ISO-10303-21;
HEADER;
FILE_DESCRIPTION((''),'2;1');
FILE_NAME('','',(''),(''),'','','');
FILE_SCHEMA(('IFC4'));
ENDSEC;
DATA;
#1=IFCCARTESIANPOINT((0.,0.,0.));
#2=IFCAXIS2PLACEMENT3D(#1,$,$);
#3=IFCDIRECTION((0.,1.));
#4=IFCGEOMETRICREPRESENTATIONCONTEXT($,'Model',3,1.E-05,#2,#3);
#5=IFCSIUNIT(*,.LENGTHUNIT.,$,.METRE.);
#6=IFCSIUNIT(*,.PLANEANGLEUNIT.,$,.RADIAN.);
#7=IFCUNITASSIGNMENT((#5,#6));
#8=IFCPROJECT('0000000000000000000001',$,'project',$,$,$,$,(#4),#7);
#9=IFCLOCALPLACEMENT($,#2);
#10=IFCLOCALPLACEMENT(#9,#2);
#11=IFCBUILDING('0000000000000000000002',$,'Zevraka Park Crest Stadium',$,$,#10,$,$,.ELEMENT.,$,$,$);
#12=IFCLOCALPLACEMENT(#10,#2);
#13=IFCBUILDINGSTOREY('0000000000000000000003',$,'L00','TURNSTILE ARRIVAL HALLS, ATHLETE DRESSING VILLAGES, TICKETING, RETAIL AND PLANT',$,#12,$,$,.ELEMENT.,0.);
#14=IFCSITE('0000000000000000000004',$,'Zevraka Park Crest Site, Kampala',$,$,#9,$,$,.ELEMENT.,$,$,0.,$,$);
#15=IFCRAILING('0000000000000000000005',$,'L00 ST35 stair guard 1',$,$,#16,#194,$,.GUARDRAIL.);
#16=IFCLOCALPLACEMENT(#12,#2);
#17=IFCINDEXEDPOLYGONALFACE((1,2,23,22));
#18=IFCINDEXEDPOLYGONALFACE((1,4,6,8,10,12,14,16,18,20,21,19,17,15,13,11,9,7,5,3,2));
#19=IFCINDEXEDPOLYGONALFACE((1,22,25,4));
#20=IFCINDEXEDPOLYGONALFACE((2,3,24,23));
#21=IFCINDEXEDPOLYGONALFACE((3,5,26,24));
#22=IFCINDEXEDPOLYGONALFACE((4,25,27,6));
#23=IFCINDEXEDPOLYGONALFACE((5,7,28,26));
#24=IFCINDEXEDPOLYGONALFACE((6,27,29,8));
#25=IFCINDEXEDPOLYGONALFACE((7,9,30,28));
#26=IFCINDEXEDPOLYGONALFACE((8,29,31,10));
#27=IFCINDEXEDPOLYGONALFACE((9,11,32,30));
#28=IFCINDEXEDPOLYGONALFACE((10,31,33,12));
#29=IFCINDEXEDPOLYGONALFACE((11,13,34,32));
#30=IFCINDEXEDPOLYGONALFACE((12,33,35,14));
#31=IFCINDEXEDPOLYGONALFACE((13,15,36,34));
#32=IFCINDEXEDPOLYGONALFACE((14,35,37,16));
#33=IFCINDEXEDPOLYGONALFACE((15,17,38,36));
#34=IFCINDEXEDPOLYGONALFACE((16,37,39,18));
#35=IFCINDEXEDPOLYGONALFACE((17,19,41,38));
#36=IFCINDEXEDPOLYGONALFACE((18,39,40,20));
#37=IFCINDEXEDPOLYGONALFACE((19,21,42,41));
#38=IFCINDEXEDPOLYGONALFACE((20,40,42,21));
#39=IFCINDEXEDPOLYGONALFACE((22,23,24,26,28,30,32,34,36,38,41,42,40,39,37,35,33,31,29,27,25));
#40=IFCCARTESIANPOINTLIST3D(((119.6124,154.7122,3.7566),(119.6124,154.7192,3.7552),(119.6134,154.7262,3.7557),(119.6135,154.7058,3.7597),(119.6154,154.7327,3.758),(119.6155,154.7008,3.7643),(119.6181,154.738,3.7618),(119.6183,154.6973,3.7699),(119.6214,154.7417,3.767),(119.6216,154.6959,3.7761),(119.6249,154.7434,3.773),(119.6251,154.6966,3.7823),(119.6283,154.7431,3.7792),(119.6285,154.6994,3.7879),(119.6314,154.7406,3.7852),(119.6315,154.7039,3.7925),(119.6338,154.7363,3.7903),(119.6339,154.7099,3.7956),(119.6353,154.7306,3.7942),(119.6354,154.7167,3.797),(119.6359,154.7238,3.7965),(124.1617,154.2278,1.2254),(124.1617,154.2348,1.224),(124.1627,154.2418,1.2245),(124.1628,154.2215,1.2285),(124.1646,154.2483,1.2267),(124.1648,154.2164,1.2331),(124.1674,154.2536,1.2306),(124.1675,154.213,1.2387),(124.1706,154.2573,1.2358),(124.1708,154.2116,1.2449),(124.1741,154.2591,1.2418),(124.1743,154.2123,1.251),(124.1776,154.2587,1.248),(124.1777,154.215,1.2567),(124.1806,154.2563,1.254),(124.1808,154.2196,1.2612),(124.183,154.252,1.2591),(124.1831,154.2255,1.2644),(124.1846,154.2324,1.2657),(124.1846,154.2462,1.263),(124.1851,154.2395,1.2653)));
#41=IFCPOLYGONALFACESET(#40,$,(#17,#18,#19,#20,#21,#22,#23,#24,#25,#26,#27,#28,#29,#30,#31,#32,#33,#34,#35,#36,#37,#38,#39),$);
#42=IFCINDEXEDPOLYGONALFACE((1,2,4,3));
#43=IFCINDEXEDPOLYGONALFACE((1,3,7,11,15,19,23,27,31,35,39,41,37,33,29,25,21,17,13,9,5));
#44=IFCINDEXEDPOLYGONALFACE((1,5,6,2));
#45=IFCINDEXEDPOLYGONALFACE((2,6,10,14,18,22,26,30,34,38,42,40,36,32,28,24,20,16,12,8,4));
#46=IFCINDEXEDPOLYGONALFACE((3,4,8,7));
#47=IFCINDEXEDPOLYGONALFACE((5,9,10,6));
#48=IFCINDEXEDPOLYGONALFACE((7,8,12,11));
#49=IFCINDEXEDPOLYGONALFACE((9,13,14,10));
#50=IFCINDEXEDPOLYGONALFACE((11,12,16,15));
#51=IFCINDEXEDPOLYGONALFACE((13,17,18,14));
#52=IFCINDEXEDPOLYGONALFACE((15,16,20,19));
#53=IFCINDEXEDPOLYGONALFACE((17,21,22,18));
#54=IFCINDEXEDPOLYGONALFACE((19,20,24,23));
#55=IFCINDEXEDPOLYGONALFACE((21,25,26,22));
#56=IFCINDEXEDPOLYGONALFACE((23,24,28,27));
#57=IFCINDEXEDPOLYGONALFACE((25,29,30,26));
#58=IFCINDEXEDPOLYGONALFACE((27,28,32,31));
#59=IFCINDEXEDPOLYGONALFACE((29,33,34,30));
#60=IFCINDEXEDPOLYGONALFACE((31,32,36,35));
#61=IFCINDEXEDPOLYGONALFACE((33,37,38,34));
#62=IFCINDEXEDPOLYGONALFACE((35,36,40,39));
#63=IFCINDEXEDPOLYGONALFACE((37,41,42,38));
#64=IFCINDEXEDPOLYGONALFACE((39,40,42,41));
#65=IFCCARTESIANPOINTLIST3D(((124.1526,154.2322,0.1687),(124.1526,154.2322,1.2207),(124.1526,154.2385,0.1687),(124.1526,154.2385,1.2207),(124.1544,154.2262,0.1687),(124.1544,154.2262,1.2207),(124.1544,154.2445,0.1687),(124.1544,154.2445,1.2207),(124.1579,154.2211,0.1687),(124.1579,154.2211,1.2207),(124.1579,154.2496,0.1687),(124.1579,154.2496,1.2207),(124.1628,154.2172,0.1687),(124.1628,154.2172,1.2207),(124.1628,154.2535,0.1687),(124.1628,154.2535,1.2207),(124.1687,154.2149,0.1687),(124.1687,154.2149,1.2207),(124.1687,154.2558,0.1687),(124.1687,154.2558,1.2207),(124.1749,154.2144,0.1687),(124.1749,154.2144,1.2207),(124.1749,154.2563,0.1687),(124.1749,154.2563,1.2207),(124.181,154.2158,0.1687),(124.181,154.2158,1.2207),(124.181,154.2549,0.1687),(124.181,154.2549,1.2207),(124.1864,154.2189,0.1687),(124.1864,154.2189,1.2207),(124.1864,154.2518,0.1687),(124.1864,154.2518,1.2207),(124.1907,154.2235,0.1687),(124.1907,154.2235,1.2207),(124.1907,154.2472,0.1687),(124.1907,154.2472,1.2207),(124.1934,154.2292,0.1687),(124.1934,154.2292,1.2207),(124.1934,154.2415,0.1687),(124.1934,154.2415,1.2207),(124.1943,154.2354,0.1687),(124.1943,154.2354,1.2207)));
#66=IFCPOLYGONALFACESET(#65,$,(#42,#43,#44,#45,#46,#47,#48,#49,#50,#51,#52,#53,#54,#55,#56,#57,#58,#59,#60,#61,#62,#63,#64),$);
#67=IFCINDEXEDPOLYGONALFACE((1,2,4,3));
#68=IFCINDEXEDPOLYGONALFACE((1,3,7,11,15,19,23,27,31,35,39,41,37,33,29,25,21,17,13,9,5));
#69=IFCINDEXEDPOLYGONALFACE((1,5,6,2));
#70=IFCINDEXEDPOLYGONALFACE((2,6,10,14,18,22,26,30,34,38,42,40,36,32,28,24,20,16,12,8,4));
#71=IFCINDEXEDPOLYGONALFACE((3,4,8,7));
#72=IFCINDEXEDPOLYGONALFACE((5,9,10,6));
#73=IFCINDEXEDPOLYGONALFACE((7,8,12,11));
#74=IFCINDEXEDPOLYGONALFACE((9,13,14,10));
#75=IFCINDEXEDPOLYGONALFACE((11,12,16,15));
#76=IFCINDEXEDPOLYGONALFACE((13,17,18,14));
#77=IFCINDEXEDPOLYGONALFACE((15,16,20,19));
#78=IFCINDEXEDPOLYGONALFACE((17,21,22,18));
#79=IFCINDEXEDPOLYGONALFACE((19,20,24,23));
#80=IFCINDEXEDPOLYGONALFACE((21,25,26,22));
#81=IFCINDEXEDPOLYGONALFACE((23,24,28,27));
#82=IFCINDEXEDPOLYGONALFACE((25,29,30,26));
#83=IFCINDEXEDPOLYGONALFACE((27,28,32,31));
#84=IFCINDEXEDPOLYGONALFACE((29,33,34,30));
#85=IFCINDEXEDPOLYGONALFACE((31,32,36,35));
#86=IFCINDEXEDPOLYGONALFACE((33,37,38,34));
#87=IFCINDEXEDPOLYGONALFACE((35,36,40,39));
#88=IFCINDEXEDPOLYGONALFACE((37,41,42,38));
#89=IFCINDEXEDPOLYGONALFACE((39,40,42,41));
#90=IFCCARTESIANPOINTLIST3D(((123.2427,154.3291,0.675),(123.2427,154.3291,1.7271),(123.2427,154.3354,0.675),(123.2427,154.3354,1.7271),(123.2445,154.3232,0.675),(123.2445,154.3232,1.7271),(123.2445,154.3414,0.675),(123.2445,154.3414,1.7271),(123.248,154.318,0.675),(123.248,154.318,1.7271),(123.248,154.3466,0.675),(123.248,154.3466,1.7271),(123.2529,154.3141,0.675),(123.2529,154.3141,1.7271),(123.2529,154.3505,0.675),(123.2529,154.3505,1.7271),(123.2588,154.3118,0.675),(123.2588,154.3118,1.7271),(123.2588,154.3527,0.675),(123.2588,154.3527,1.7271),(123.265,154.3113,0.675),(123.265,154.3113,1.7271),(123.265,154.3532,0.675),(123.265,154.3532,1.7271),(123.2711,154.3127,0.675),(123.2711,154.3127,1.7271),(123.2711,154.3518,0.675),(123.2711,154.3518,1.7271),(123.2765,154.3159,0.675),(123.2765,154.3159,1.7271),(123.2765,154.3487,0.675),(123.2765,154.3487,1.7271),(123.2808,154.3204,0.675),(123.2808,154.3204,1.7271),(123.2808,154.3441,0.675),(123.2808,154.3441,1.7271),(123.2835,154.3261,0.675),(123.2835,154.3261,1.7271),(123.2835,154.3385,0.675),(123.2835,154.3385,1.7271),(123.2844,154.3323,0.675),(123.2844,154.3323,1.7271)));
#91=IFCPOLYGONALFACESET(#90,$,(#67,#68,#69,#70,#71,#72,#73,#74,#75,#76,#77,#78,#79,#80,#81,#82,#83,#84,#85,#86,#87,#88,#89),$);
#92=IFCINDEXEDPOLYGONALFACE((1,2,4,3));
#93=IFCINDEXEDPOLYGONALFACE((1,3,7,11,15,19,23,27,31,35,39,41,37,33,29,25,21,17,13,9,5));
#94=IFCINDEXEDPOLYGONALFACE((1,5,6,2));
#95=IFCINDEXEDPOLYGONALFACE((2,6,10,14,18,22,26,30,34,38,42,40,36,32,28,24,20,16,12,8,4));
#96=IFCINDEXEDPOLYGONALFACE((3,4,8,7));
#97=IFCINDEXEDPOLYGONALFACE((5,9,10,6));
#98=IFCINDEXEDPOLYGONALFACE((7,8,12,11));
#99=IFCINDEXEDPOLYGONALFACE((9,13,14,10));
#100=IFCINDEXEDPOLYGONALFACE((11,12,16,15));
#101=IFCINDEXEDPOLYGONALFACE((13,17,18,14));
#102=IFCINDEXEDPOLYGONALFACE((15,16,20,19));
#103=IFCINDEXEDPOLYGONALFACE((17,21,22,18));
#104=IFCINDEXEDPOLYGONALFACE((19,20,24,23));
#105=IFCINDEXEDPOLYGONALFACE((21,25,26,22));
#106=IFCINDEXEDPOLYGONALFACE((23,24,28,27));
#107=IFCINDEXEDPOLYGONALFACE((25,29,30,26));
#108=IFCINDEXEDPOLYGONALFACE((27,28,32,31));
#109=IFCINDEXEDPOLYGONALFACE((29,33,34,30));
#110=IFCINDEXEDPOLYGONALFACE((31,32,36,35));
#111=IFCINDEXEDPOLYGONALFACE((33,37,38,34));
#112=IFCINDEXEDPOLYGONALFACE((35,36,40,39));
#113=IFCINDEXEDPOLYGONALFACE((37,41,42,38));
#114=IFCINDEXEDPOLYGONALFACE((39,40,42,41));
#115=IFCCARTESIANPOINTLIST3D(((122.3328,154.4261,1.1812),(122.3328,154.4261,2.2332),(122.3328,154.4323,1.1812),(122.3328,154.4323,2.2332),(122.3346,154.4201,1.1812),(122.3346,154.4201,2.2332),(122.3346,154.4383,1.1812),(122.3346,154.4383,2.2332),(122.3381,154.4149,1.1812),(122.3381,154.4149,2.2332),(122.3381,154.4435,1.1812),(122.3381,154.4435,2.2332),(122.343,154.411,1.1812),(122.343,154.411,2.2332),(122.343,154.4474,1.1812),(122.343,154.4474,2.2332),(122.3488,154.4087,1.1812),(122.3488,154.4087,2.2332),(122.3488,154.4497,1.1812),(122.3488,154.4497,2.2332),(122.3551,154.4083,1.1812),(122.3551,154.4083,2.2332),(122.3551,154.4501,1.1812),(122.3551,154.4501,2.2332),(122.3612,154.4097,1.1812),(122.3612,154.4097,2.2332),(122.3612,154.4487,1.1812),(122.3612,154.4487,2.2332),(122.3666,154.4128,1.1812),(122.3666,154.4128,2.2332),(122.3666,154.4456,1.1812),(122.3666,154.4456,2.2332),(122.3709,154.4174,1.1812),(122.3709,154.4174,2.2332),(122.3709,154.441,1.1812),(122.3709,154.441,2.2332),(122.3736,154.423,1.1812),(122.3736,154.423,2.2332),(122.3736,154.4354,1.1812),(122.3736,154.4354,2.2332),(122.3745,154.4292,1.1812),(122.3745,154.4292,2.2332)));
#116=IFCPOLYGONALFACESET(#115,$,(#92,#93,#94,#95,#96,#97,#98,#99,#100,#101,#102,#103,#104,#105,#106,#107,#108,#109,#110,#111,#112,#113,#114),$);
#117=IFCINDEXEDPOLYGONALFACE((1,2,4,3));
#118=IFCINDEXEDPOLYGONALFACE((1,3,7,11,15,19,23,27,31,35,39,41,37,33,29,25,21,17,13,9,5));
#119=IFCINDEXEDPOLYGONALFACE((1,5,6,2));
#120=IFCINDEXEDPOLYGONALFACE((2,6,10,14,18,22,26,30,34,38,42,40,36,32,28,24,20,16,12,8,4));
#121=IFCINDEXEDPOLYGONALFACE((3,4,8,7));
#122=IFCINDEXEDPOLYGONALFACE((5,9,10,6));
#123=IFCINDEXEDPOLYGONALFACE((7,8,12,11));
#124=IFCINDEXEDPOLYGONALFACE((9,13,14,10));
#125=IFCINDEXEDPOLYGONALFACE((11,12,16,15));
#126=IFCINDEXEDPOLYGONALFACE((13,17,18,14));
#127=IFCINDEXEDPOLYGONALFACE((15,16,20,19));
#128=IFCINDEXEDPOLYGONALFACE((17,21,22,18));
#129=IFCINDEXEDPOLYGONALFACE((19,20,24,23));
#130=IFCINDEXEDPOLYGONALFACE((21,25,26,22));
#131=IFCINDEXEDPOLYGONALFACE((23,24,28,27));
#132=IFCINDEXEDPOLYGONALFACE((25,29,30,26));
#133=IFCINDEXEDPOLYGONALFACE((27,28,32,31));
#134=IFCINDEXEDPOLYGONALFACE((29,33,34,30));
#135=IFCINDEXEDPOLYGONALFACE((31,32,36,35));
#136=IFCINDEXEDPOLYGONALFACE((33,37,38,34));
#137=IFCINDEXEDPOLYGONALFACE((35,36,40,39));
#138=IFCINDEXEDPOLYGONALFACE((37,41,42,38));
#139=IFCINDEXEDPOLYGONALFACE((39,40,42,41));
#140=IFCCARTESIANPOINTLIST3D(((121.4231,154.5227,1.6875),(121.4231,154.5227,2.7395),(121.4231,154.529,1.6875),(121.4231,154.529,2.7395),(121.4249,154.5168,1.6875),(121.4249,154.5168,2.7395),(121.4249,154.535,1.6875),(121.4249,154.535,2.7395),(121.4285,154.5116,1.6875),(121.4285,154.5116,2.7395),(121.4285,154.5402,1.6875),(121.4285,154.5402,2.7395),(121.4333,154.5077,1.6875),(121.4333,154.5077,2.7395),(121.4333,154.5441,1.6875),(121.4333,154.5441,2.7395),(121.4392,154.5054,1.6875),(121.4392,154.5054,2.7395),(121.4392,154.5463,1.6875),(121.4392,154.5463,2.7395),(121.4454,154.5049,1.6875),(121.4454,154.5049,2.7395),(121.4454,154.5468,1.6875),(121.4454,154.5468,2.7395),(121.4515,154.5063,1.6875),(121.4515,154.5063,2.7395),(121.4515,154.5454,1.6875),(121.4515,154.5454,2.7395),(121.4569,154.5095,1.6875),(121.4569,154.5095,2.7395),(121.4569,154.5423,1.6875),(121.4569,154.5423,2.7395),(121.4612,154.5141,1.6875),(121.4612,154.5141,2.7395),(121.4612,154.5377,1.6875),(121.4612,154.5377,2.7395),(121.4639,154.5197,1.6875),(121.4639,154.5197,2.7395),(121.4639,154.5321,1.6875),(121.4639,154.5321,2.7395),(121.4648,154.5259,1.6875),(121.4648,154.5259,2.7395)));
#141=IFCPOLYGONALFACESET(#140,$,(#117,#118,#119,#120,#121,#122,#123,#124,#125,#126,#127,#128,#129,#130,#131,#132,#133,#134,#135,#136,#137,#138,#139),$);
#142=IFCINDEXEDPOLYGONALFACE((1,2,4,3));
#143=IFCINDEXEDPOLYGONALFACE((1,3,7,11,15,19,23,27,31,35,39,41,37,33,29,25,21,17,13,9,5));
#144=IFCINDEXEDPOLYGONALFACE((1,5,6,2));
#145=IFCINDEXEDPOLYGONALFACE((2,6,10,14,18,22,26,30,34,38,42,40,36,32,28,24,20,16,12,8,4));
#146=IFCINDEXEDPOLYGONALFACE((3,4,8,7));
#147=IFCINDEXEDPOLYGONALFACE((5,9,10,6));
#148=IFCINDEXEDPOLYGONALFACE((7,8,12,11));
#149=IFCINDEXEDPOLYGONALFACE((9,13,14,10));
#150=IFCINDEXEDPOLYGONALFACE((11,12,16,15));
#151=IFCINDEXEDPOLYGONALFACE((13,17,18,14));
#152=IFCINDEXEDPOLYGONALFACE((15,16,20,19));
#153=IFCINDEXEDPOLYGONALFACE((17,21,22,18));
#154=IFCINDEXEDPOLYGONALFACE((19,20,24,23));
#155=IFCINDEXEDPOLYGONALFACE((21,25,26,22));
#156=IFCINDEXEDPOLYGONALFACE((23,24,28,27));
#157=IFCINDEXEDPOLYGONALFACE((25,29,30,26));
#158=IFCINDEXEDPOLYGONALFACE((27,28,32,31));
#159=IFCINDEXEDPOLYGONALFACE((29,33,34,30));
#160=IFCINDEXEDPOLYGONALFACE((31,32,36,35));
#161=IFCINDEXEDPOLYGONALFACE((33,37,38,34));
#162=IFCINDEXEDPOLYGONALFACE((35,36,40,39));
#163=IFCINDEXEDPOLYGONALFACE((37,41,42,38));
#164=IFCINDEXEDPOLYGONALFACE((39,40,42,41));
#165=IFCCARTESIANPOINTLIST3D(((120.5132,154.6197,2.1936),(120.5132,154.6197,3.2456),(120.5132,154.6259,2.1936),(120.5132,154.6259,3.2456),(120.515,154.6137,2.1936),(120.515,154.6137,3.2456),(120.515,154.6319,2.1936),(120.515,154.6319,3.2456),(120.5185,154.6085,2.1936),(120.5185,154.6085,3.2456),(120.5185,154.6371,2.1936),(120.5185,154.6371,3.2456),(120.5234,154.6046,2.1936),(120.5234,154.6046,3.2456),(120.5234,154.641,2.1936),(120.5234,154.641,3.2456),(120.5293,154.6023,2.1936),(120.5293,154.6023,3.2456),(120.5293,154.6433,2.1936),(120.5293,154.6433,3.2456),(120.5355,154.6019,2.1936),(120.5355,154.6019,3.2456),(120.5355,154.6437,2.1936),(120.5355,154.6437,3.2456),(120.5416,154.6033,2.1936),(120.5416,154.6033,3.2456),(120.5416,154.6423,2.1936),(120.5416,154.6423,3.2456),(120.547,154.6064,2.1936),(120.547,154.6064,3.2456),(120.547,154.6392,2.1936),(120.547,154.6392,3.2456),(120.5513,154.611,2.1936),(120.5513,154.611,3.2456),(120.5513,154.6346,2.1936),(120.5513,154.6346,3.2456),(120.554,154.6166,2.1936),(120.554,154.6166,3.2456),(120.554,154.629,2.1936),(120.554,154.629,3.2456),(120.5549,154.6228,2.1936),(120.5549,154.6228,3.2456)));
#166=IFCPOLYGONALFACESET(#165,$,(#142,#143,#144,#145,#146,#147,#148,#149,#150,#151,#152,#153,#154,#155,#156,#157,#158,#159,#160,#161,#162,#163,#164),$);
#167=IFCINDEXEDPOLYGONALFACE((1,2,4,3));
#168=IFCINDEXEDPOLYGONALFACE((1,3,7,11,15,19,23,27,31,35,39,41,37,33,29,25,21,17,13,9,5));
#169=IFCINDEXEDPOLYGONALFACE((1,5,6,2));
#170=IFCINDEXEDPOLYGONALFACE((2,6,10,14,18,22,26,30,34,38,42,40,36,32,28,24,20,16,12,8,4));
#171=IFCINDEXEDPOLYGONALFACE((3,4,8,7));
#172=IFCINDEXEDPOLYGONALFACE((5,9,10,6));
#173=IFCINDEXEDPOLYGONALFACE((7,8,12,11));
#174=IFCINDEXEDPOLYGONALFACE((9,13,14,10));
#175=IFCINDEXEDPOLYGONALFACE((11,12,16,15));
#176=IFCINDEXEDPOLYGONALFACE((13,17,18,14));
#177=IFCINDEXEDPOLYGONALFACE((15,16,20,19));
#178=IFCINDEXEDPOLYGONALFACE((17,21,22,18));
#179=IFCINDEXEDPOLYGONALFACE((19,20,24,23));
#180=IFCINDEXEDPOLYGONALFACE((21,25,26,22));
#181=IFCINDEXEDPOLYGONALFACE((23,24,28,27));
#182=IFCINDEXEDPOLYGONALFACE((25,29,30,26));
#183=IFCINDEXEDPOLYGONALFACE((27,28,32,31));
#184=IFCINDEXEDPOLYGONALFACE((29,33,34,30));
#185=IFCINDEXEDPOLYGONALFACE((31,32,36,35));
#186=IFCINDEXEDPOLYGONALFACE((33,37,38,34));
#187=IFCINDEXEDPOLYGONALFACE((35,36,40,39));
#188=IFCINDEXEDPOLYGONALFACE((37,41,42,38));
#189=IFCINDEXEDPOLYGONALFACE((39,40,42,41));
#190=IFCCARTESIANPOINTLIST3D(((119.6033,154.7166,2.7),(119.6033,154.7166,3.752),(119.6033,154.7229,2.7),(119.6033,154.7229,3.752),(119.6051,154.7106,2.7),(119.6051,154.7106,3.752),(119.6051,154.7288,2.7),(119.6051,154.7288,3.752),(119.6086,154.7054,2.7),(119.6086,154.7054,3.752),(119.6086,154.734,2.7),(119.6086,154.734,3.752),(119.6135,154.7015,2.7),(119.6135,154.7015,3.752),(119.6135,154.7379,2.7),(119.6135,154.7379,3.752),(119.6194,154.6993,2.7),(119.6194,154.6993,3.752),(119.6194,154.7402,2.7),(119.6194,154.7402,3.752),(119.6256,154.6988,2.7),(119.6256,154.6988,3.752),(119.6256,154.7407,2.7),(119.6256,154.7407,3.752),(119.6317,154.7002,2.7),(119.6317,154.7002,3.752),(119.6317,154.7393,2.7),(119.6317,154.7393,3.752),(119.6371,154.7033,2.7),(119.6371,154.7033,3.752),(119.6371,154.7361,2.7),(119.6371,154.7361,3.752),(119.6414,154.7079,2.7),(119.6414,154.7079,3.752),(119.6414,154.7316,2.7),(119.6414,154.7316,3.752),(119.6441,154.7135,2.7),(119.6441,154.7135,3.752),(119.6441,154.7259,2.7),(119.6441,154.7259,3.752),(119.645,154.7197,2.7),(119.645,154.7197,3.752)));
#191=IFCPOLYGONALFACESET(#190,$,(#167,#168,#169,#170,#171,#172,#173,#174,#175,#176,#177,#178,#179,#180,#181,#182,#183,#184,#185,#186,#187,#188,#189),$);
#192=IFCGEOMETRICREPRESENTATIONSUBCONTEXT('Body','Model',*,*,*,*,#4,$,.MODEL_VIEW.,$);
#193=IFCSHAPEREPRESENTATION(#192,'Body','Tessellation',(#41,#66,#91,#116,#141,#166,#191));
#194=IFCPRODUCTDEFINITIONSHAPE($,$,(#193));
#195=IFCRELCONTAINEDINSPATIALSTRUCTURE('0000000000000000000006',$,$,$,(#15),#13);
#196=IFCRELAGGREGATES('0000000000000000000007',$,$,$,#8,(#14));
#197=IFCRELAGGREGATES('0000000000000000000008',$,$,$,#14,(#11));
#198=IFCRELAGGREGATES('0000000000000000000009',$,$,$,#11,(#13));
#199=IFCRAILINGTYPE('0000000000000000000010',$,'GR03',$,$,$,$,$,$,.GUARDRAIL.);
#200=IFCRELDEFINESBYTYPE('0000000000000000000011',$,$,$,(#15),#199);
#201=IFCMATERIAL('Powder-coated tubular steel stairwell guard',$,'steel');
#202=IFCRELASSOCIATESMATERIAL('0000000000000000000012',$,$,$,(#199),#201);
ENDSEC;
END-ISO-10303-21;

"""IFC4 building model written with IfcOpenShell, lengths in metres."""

from ifc_helpers import new_model, si_unit, direction, frame, origin, origin_2d, place, context, subcontext, project, spatial, circle, extrude, material, type_object, element, save


model = new_model("IFC4")

# Units and contexts
model_context = context("Model", 3, precision=1e-05, world=origin(), true_north=direction((0.0, 1.0)))
body_context = subcontext(model_context, "Body", "Model", "MODEL_VIEW")
ifc_project = project(units=[si_unit("LENGTHUNIT", "METRE"), si_unit("PLANEANGLEUNIT", "RADIAN")], contexts=[model_context])

# Site, building, storey
site_placement = place(None, origin())
site = spatial("IfcSite", under=ifc_project, at=site_placement, Name="Zevraka Park Crest Site, Kampala", CompositionType="ELEMENT", RefElevation=0.0)
building_placement = place(site_placement, origin())
building = spatial("IfcBuilding", under=site, at=building_placement, Name="Zevraka Park Crest Stadium", CompositionType="ELEMENT")
storey_placement = place(building_placement, origin())
storey = spatial("IfcBuildingStorey", under=building, at=storey_placement, Name="L00", Description="TURNSTILE ARRIVAL HALLS, ATHLETE DRESSING VILLAGES, TICKETING, RETAIL AND PLANT", CompositionType="ELEMENT", Elevation=0.0)

# Railing
ifc_material_1 = material(Name="Powder-coated tubular steel stairwell guard", Category="steel")
railing_type_1 = type_object("IfcRailingType", Name="GR03", PredefinedType="GUARDRAIL", material=ifc_material_1)
railing_1_placement = place(storey_placement, frame((124.1733, 154.2354, 0.1687)))
element("IfcRailing", 1, at=railing_1_placement, inside=storey, type_object=railing_type_1, Name="L00 ST35 stair guard 1", PredefinedType="GUARDRAIL", context=body_context, shape_type="SweptSolid", body=[
    extrude(circle(Radius=0.0239, at=origin_2d()), frame((0.0, 0.0, 1.0762), z_axis=(-0.870085, 0.09264, 0.484117), x_axis=(-0.105874, -0.99438, 0.0)), (0.0, 0.0, 1.0), 5.2285),
    extrude(circle(Radius=0.021, at=origin_2d()), origin(), (0.0, 0.0, 1.0), 1.052),
    extrude(circle(Radius=0.021, at=origin_2d()), frame((-0.9099, 0.0969, 0.5063)), (0.0, 0.0, 1.0), 1.052),
    extrude(circle(Radius=0.021, at=origin_2d()), frame((-1.8198, 0.1938, 1.0125)), (0.0, 0.0, 1.0), 1.052),
    extrude(circle(Radius=0.021, at=origin_2d()), frame((-2.7295, 0.2905, 1.5188)), (0.0, 0.0, 1.0), 1.052),
    extrude(circle(Radius=0.021, at=origin_2d()), frame((-3.6394, 0.3875, 2.0249)), (0.0, 0.0, 1.0), 1.052),
    extrude(circle(Radius=0.021, at=origin_2d()), frame((-4.5493, 0.4844, 2.5312)), (0.0, 0.0, 1.0), 1.052),
])

save(model, "model.ifc")
